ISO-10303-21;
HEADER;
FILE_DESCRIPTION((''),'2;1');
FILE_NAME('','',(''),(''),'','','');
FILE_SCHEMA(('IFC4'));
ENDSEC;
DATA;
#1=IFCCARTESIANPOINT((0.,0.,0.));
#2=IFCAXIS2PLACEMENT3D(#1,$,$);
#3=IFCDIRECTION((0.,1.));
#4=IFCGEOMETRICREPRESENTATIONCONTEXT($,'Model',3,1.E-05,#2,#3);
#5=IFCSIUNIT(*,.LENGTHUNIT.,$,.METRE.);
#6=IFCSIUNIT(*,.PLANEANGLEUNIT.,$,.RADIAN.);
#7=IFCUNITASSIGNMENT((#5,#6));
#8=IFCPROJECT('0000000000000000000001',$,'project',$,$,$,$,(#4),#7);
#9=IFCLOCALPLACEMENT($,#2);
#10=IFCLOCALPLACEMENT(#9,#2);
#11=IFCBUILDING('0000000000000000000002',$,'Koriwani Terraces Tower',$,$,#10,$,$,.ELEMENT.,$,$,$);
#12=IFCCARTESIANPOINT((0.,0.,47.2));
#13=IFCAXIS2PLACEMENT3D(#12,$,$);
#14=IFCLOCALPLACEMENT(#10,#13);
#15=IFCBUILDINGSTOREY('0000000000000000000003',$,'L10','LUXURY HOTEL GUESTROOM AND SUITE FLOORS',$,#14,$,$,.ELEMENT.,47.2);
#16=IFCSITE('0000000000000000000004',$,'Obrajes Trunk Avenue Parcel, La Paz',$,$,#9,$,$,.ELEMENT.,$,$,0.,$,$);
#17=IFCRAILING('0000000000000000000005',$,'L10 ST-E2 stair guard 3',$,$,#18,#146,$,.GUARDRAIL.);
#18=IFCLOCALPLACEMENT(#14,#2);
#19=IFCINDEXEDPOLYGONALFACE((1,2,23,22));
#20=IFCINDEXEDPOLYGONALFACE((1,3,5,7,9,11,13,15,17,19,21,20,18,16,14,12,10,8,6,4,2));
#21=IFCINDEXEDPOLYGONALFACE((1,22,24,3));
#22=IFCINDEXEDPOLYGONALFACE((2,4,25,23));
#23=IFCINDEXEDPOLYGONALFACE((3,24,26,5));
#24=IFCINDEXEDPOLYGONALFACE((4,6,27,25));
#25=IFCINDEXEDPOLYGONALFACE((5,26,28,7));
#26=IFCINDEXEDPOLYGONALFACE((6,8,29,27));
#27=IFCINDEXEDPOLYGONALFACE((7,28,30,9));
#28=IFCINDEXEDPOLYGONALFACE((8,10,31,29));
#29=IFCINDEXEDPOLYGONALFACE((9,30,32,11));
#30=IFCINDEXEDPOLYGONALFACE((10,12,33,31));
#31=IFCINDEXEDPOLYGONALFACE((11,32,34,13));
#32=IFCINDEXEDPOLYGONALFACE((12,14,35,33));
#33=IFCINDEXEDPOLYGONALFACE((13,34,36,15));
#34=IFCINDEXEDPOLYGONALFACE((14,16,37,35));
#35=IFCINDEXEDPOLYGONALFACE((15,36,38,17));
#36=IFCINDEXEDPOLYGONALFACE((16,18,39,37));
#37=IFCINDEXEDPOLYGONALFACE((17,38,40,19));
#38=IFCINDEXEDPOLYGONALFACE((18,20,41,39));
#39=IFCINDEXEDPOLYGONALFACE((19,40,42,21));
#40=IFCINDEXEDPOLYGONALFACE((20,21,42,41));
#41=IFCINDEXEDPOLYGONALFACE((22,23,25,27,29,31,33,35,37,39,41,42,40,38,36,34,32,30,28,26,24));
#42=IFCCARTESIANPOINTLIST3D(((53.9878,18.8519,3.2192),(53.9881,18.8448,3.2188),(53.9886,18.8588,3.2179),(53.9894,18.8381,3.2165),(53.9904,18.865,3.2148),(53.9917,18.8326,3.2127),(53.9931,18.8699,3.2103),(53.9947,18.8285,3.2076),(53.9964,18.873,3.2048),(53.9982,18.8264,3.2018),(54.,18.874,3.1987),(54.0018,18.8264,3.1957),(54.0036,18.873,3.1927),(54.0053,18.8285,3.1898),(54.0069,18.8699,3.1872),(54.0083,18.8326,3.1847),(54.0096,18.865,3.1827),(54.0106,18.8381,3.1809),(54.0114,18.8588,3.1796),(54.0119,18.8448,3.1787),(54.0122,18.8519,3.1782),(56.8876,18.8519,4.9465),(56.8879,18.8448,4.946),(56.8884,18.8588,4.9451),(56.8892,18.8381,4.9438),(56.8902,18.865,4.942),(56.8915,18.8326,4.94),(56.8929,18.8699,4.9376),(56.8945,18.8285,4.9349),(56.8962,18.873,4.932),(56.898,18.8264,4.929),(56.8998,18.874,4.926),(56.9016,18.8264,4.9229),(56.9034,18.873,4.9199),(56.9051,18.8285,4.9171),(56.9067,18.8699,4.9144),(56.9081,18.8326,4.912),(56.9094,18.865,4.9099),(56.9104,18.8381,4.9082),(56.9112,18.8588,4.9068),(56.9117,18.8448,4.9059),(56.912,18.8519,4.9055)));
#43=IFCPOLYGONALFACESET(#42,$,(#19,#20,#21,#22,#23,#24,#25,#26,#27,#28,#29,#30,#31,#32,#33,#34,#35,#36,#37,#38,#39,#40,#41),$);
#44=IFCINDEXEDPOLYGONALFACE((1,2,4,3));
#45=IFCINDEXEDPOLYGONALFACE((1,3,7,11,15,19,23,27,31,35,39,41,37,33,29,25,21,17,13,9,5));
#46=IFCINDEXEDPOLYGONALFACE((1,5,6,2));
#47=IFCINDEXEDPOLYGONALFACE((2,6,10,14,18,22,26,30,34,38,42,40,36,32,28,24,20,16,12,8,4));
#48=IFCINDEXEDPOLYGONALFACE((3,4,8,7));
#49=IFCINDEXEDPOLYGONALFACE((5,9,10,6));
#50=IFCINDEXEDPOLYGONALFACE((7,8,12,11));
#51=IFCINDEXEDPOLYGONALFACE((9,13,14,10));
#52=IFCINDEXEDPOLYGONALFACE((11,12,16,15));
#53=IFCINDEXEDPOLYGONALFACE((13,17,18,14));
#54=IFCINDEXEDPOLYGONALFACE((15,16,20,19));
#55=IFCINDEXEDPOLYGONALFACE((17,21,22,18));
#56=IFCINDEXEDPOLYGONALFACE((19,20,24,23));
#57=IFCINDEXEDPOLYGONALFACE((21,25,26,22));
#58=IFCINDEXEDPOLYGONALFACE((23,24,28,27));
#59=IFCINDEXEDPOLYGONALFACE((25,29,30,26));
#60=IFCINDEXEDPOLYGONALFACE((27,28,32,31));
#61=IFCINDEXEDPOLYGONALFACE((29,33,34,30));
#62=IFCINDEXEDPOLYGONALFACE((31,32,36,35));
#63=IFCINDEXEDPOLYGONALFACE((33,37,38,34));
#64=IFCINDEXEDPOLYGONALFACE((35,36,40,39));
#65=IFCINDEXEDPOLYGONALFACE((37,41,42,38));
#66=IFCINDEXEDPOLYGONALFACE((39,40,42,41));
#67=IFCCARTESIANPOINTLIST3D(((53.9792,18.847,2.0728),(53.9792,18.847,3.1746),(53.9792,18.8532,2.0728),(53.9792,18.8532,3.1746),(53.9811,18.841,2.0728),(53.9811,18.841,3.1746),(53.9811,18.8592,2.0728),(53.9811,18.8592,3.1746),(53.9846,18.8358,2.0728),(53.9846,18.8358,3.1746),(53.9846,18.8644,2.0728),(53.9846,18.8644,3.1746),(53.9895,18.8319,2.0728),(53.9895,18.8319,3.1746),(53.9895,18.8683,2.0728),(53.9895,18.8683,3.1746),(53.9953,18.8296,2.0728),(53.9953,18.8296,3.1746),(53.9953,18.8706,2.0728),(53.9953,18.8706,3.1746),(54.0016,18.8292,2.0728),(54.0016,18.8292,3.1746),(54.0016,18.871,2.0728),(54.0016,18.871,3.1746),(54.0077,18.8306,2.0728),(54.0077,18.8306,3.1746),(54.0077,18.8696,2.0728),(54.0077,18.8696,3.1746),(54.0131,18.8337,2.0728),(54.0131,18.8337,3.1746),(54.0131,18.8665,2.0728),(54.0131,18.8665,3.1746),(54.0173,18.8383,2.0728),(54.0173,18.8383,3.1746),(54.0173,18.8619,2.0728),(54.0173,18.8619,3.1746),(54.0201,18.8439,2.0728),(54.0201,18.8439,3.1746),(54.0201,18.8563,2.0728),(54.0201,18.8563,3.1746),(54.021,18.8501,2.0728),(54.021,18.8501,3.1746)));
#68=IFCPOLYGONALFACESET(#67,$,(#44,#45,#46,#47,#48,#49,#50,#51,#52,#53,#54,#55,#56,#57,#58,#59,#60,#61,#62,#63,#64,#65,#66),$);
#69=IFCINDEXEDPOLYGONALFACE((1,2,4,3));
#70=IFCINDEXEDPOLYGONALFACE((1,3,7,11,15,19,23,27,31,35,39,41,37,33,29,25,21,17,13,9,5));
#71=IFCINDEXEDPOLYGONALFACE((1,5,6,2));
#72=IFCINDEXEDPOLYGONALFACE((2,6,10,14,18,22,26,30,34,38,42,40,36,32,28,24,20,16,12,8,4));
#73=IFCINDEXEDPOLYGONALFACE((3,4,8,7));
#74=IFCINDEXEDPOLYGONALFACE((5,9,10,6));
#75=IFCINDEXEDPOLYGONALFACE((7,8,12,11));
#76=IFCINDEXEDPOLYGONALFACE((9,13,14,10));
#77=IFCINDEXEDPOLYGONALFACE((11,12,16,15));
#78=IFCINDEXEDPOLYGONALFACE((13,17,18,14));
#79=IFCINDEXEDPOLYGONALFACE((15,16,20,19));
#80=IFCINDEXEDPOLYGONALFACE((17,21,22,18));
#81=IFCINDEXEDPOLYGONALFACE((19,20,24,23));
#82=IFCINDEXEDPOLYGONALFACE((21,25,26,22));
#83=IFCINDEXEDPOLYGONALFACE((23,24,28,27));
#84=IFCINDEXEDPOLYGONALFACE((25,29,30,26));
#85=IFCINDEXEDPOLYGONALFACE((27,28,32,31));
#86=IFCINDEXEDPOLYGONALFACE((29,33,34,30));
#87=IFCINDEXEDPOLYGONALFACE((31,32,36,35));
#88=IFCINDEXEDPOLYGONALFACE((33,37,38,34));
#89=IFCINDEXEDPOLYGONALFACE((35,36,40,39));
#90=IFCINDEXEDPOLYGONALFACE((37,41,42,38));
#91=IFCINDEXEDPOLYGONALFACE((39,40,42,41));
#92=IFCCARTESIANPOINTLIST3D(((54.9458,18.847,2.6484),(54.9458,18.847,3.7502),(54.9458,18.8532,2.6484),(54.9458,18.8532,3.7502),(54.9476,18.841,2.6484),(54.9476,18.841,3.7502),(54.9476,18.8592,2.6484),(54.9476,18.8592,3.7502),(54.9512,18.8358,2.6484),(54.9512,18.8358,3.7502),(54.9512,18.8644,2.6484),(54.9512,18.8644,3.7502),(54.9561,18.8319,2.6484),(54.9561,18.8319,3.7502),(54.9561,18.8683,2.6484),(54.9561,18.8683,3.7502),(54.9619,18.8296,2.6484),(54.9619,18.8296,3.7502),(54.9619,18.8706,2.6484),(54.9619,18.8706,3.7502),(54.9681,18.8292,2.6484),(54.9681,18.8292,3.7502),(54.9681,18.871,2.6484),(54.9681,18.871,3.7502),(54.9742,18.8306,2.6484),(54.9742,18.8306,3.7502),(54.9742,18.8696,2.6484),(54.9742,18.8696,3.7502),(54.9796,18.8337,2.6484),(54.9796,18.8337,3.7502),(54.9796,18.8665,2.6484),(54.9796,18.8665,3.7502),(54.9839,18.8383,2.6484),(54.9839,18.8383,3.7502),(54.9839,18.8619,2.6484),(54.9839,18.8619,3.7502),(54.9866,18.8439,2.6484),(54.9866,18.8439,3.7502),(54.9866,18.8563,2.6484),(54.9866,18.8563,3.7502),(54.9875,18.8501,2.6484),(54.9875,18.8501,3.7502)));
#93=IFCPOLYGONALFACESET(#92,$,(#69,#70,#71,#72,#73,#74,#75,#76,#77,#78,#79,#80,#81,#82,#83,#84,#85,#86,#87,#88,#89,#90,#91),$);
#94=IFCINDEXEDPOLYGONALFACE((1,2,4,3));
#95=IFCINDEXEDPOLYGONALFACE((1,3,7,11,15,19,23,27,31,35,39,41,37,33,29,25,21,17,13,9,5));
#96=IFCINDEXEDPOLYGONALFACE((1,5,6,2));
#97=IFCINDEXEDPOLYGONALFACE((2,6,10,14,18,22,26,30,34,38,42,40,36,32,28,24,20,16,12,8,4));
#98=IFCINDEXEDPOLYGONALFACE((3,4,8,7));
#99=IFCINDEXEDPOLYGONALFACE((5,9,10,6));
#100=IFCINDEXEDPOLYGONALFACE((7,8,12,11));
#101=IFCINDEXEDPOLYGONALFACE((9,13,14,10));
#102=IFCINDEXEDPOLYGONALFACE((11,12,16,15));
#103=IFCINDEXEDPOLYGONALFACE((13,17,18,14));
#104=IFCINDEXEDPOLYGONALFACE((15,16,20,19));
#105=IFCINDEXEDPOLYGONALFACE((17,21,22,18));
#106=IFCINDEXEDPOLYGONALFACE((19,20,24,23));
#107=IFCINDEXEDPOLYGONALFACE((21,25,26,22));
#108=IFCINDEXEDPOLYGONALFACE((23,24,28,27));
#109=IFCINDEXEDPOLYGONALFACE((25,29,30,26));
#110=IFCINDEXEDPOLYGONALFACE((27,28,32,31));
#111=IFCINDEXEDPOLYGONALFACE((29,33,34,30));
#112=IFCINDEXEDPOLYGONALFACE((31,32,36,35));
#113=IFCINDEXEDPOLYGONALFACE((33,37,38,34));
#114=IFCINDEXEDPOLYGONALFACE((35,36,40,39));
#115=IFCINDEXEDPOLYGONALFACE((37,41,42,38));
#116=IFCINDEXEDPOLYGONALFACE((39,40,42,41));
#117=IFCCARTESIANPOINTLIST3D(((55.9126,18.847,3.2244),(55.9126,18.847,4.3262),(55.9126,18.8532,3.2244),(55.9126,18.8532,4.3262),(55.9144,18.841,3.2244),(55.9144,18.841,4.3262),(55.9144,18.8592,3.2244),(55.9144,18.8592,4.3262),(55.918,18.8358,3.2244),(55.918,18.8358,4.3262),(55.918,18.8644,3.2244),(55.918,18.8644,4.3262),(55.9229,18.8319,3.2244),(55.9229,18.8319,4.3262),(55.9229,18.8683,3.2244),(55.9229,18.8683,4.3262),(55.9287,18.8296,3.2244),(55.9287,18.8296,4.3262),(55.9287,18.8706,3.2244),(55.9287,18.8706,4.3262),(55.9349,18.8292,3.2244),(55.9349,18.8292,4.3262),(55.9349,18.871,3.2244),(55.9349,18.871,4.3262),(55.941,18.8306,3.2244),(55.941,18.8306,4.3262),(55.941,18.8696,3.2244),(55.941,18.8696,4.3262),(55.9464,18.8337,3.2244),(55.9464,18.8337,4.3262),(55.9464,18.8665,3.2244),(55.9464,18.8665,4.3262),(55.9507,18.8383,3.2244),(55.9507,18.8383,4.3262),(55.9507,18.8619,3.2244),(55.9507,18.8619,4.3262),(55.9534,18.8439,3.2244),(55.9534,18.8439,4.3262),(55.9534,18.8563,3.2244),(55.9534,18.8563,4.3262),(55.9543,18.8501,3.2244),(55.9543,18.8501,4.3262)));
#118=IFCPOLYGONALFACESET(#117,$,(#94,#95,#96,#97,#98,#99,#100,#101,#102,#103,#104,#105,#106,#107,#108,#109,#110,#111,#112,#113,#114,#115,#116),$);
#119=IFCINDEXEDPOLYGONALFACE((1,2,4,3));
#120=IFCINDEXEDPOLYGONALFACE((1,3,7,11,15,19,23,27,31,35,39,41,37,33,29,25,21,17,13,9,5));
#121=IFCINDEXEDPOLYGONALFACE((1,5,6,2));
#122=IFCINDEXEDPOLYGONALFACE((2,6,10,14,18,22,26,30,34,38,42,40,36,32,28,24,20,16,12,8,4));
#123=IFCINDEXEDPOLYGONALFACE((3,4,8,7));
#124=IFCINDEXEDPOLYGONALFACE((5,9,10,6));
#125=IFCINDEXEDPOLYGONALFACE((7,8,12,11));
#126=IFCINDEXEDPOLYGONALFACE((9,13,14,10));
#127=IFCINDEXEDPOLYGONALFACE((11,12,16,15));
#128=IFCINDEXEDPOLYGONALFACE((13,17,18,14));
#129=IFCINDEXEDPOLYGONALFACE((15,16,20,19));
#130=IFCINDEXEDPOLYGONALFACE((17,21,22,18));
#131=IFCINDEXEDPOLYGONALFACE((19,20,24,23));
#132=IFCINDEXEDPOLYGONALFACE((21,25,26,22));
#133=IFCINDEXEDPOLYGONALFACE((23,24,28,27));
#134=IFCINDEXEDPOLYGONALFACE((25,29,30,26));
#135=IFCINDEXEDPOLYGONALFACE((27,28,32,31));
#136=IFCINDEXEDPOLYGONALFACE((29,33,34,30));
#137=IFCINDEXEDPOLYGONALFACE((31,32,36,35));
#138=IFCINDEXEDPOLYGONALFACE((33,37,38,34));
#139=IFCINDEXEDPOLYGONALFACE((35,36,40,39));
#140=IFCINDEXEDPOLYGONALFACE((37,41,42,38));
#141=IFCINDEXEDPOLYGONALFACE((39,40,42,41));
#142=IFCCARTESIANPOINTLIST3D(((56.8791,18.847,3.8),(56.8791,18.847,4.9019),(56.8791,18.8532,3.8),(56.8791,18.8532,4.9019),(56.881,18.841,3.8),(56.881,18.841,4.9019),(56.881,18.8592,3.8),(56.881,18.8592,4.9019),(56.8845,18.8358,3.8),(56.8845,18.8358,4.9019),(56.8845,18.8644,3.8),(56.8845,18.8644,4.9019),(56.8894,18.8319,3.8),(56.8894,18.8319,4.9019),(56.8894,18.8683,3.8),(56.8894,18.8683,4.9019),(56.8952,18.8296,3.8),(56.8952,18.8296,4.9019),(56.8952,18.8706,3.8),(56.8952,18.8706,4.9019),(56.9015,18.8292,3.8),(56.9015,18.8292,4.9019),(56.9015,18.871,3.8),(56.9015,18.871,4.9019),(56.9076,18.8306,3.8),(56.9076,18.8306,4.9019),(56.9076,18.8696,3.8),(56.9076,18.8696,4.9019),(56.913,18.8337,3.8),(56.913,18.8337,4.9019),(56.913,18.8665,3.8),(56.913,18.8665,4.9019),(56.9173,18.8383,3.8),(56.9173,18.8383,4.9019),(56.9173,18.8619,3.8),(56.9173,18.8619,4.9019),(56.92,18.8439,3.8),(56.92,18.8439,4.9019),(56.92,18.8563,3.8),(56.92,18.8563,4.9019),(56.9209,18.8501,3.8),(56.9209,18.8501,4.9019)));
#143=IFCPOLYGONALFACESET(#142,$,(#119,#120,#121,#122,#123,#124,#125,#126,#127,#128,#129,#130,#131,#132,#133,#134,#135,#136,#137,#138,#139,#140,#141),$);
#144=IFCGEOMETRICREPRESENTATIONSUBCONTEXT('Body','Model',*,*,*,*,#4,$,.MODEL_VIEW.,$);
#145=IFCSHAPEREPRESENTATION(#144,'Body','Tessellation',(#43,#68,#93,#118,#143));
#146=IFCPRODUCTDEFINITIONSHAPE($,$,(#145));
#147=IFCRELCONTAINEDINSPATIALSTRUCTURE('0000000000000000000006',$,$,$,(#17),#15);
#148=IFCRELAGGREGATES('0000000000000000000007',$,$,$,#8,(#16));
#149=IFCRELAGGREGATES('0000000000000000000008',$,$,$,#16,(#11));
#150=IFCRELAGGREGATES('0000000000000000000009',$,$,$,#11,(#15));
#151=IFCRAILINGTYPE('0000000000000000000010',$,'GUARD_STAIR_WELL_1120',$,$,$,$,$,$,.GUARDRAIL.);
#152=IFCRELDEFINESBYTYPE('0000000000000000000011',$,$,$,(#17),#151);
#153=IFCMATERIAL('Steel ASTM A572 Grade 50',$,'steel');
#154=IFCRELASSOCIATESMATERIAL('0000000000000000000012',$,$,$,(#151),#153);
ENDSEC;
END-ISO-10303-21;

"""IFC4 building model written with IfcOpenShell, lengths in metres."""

from ifc_helpers import new_model, si_unit, direction, frame, origin, origin_2d, place, context, subcontext, project, spatial, circle, extrude, material, type_object, element, save


model = new_model("IFC4")

# Units and contexts
model_context = context("Model", 3, precision=1e-05, world=origin(), true_north=direction((0.0, 1.0)))
body_context = subcontext(model_context, "Body", "Model", "MODEL_VIEW")
ifc_project = project(units=[si_unit("LENGTHUNIT", "METRE"), si_unit("PLANEANGLEUNIT", "RADIAN")], contexts=[model_context])

# Site, building, storey
site_placement = place(None, origin())
site = spatial("IfcSite", under=ifc_project, at=site_placement, Name="Obrajes Trunk Avenue Parcel, La Paz", CompositionType="ELEMENT", RefElevation=0.0)
building_placement = place(site_placement, origin())
building = spatial("IfcBuilding", under=site, at=building_placement, Name="Koriwani Terraces Tower", CompositionType="ELEMENT")
storey_placement = place(building_placement, frame((0.0, 0.0, 47.2)))
storey = spatial("IfcBuildingStorey", under=building, at=storey_placement, Name="L10", Description="LUXURY HOTEL GUESTROOM AND SUITE FLOORS", CompositionType="ELEMENT", Elevation=47.2)

# Shared definitions
ifc_material_1 = material(Name="Steel ASTM A572 Grade 50", Category="steel")

# Railing
railing_type_1 = type_object("IfcRailingType", Name="GUARD_STAIR_WELL_1120", PredefinedType="GUARDRAIL", material=ifc_material_1)
railing_1_placement = place(storey_placement, frame((54.0, 18.8501, 2.0728)))
element("IfcRailing", 1, at=railing_1_placement, inside=storey, type_object=railing_type_1, Name="L10 ST-E2 stair guard 3", PredefinedType="GUARDRAIL", context=body_context, shape_type="SweptSolid", body=[
    extrude(circle(Radius=0.0239, at=origin_2d()), frame((0.0, 0.0, 1.126), z_axis=(0.859141, 0.0, 0.511738), x_axis=(0.0, 1.0, 0.0)), (0.0, 0.0, 1.0), 3.3752),
    extrude(circle(Radius=0.021, at=origin_2d()), origin(), (0.0, 0.0, 1.0), 1.1018),
    extrude(circle(Radius=0.021, at=origin_2d()), frame((0.9666, 0.0, 0.5757)), (0.0, 0.0, 1.0), 1.1018),
    extrude(circle(Radius=0.021, at=origin_2d()), frame((1.9333, 0.0, 1.1516)), (0.0, 0.0, 1.0), 1.1018),
    extrude(circle(Radius=0.021, at=origin_2d()), frame((2.8999, 0.0, 1.7273)), (0.0, 0.0, 1.0), 1.1018),
])

save(model, "model.ifc")
